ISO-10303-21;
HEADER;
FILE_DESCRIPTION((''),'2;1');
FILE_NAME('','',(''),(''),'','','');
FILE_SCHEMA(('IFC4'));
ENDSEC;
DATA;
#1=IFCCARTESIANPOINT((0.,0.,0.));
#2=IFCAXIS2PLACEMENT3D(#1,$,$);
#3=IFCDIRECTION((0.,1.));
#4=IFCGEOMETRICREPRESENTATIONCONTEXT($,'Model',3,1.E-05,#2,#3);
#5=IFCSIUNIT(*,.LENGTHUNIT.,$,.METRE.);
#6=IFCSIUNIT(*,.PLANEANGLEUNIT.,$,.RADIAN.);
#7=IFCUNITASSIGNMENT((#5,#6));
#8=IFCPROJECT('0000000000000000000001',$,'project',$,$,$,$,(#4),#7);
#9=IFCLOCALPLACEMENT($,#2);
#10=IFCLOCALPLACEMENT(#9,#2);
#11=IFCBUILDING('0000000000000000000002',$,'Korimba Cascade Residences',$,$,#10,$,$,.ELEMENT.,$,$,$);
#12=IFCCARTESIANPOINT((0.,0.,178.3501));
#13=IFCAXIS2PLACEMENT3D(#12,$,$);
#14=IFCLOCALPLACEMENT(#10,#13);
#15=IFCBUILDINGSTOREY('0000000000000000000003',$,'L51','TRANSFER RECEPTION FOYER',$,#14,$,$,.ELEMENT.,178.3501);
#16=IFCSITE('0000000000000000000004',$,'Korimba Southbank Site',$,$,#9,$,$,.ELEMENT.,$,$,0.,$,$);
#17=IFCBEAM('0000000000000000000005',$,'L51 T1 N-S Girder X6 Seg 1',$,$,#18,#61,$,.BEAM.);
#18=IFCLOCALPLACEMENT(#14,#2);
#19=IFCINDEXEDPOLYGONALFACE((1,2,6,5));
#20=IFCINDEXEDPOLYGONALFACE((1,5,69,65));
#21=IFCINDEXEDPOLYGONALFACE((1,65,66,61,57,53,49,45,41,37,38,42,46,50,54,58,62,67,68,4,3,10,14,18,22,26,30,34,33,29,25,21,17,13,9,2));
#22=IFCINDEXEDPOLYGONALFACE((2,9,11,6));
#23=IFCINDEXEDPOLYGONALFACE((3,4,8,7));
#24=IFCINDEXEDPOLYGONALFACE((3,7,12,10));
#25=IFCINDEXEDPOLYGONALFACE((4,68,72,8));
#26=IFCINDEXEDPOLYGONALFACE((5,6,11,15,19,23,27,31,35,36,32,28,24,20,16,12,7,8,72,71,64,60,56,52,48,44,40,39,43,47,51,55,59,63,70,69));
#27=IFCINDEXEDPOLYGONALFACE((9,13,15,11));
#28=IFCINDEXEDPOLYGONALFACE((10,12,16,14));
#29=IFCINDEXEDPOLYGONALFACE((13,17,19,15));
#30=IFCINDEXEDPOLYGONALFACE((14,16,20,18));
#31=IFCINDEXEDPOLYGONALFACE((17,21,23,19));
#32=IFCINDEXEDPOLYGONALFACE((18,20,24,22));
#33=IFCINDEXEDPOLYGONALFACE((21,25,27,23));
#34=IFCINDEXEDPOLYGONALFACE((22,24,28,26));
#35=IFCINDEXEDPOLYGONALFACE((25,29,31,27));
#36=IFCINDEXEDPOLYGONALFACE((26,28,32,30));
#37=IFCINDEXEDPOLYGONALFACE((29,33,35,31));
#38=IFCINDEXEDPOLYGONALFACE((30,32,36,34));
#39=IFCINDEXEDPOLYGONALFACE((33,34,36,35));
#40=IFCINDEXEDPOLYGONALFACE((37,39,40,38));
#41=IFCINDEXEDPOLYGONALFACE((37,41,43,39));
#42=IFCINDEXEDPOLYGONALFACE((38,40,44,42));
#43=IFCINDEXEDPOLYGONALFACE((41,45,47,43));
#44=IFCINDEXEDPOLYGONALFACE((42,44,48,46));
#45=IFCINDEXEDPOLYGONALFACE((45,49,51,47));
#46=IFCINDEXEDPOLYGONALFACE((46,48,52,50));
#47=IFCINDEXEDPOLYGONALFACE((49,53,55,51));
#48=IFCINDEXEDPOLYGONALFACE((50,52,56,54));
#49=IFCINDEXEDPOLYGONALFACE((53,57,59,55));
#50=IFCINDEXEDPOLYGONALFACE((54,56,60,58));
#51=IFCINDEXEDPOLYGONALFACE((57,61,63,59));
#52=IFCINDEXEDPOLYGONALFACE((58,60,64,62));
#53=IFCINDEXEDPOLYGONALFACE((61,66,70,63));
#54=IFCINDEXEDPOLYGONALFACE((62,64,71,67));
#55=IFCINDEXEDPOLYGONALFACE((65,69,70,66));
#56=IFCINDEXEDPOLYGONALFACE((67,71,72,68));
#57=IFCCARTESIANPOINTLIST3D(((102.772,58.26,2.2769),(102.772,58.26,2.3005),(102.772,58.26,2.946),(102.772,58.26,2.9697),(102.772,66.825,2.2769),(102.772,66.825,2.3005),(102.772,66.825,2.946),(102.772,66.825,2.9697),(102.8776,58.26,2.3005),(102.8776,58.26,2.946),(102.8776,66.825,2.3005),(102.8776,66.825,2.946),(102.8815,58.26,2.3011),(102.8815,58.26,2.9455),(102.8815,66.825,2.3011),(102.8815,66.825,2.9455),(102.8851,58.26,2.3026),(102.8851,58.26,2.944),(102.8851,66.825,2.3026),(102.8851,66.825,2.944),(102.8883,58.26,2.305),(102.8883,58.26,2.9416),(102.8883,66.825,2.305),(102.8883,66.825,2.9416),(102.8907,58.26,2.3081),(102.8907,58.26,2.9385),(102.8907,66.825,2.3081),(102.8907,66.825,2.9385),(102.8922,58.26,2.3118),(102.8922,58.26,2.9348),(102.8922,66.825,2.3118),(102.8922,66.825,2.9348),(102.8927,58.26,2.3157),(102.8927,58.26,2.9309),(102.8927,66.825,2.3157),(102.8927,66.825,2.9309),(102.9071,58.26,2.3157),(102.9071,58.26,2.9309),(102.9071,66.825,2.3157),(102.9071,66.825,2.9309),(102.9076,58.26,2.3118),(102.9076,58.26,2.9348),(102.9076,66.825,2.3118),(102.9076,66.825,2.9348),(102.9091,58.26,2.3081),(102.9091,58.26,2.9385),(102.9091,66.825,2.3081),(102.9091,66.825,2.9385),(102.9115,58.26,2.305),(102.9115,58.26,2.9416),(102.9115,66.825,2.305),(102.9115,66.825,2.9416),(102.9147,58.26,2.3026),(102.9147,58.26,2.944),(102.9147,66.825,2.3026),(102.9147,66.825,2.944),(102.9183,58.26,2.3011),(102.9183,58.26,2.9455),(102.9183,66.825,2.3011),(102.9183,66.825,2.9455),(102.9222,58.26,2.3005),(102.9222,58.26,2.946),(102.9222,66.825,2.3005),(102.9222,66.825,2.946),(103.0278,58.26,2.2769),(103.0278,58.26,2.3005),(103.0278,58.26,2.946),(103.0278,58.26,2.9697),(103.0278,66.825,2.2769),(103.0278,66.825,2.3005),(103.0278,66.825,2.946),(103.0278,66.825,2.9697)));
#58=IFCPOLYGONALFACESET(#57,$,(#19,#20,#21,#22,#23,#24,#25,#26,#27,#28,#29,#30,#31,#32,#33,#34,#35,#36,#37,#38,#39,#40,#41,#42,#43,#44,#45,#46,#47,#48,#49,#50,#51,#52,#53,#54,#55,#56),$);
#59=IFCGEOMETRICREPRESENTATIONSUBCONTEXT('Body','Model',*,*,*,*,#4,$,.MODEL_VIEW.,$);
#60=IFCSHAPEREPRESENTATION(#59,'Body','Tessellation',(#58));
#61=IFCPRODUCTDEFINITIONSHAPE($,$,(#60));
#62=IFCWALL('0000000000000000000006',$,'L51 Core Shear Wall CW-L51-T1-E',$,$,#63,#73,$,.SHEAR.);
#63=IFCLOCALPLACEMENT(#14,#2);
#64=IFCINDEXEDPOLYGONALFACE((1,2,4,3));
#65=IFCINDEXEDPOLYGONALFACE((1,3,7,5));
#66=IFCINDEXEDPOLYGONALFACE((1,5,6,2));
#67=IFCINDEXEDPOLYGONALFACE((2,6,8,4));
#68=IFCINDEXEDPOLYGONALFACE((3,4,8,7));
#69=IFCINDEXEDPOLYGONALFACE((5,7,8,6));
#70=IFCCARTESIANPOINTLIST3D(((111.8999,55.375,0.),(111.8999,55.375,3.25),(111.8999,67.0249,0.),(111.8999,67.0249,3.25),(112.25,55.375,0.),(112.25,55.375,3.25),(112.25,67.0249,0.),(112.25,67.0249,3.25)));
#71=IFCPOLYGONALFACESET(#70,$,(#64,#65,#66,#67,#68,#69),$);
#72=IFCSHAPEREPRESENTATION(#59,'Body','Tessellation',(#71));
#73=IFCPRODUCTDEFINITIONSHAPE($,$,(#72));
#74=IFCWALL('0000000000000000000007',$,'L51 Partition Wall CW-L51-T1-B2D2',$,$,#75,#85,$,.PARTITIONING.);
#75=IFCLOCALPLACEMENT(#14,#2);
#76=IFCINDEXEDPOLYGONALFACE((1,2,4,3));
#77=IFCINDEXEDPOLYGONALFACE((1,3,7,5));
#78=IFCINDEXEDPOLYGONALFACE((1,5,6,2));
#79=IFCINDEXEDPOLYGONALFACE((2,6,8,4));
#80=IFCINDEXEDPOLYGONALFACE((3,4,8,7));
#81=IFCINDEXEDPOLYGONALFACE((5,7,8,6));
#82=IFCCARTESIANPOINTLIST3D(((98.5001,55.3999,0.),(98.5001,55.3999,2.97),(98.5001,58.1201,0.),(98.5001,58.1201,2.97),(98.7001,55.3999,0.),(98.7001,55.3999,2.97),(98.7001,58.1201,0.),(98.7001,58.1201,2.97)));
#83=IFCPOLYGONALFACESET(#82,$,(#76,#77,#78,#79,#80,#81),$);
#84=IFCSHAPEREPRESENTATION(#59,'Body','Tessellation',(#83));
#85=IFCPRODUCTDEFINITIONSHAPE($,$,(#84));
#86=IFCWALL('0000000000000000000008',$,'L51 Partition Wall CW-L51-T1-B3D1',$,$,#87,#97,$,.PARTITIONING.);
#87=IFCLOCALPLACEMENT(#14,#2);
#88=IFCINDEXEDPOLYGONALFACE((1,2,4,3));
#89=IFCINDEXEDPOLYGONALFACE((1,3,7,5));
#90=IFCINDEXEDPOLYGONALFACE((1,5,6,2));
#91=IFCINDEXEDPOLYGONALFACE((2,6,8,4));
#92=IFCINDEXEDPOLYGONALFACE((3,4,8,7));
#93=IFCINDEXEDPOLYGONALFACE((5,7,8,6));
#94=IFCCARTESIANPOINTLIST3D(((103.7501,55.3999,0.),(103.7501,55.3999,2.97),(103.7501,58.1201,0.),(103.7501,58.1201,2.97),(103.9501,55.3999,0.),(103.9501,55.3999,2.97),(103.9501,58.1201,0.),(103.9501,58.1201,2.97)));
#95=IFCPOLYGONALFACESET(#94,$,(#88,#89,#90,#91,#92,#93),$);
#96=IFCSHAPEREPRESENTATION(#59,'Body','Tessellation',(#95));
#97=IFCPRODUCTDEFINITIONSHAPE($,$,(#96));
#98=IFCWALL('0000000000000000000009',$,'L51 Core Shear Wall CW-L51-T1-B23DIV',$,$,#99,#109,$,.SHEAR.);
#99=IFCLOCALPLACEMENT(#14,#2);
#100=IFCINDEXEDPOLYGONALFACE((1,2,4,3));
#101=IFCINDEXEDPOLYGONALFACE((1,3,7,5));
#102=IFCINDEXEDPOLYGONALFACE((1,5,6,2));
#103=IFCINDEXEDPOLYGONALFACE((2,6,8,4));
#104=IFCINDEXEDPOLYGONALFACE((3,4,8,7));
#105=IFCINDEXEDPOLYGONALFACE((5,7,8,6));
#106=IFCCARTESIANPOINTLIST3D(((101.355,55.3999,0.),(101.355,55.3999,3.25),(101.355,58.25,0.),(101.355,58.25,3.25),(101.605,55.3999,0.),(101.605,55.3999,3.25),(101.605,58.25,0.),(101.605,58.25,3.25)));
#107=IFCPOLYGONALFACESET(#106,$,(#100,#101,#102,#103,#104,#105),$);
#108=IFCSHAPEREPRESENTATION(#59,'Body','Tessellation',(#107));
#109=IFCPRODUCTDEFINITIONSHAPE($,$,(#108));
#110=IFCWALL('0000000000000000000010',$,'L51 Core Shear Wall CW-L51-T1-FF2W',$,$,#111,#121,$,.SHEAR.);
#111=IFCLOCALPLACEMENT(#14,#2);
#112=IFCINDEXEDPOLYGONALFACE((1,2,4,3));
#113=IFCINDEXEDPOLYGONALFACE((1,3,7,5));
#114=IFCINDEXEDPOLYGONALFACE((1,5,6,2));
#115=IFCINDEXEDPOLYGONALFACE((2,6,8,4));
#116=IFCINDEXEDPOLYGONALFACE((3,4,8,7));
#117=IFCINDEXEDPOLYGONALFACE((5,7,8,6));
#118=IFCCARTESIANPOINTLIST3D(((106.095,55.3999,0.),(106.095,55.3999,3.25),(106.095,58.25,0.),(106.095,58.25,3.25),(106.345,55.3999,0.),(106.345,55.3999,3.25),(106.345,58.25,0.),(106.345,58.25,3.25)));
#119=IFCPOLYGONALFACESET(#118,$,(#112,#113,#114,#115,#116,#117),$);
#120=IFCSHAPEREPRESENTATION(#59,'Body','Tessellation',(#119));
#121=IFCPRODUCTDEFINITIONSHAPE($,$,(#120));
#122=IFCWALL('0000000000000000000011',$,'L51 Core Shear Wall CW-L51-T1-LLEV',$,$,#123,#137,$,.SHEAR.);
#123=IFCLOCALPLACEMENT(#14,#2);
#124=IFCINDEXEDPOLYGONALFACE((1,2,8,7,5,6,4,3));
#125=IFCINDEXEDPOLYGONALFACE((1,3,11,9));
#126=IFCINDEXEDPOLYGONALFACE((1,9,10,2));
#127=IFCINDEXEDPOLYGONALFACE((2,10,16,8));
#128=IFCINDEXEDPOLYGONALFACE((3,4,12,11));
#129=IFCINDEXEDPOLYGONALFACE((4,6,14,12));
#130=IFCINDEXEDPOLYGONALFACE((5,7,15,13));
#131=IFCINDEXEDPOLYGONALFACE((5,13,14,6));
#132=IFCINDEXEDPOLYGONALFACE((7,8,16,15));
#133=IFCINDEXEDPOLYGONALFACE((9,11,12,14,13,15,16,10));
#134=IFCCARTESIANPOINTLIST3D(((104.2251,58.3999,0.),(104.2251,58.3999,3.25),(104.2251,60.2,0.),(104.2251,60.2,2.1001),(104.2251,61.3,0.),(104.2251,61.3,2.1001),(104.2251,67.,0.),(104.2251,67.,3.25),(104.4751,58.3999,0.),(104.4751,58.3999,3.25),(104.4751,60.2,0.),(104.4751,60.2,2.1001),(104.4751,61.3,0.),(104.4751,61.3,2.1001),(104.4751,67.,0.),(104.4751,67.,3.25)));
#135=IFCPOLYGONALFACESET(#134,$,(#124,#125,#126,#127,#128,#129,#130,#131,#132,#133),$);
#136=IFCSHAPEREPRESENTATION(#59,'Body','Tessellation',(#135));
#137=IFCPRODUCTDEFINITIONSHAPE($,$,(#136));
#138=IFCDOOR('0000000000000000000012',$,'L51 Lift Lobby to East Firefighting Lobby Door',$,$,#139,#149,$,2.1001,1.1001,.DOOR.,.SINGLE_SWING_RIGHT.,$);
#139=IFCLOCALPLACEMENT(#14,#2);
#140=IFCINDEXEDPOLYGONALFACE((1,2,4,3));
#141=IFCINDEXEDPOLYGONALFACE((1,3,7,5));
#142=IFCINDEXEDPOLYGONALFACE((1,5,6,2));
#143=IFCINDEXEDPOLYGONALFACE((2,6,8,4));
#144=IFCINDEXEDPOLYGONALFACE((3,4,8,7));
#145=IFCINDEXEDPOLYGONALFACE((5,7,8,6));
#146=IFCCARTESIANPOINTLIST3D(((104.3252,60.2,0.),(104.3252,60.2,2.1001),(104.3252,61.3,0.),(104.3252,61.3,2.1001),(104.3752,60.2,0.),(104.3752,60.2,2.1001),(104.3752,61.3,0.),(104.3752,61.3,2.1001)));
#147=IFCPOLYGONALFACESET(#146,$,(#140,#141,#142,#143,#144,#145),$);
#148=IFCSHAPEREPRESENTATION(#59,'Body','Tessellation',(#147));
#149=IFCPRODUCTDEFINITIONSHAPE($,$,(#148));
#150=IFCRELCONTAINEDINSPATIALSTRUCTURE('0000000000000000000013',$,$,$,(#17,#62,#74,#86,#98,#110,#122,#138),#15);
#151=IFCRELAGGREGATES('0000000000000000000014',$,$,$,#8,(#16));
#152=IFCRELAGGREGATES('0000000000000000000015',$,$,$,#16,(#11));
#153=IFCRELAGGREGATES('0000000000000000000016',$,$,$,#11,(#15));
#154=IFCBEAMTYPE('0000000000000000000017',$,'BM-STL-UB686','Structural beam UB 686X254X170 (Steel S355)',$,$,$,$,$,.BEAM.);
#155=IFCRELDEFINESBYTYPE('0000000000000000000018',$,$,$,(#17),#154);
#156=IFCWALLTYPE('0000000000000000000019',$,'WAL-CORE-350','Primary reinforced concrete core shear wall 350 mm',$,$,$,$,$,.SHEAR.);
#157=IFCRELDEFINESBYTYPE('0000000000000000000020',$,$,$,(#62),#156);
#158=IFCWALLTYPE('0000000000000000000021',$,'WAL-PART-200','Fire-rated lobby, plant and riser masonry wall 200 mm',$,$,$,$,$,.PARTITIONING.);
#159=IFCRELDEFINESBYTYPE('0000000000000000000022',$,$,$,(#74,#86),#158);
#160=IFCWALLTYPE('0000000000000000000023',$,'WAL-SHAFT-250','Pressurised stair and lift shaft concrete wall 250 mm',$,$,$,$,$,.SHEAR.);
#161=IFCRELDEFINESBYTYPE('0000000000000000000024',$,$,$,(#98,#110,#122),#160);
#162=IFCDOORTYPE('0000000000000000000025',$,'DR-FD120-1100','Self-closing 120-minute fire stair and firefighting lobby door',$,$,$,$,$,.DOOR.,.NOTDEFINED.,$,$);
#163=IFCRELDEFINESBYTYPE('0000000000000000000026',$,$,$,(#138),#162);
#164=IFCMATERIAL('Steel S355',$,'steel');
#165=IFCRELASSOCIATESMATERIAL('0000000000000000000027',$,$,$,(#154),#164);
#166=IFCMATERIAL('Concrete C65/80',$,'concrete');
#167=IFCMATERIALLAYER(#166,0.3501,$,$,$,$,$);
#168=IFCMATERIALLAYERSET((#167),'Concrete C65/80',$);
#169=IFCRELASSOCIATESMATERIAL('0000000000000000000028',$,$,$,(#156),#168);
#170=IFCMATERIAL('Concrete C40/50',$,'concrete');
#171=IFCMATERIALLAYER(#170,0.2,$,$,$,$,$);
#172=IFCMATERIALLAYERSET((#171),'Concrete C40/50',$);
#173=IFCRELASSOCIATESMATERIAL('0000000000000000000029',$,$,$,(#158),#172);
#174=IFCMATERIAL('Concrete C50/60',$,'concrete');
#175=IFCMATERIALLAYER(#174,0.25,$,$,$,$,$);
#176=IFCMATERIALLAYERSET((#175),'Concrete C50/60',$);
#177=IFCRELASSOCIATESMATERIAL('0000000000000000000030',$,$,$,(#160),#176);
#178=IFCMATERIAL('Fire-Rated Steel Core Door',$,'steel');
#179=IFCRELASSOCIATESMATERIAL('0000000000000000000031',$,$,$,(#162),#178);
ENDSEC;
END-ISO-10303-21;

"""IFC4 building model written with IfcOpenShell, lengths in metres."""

from ifc_helpers import new_model, si_unit, direction, frame, frame_2d, origin, origin_2d, place, context, subcontext, project, spatial, rectangle, i_section, extrude, material, layer, layer_set, material_profile, profile_set, type_object, element, fill, save


model = new_model("IFC4")

# Units and contexts
model_context = context("Model", 3, precision=1e-05, world=origin(), true_north=direction((0.0, 1.0)))
body_context = subcontext(model_context, "Body", "Model", "MODEL_VIEW")
ifc_project = project(units=[si_unit("LENGTHUNIT", "METRE"), si_unit("PLANEANGLEUNIT", "RADIAN")], contexts=[model_context])

# Site, building, storey
site_placement = place(None, origin())
site = spatial("IfcSite", under=ifc_project, at=site_placement, Name="Korimba Southbank Site", CompositionType="ELEMENT", RefElevation=0.0)
building_placement = place(site_placement, origin())
building = spatial("IfcBuilding", under=site, at=building_placement, Name="Korimba Cascade Residences", CompositionType="ELEMENT")
storey_placement = place(building_placement, frame((0.0, 0.0, 178.3501)))
storey = spatial("IfcBuildingStorey", under=building, at=storey_placement, Name="L51", Description="TRANSFER RECEPTION FOYER", CompositionType="ELEMENT", Elevation=178.3501)

# Beam
ifc_material_1 = material(Name="Steel S355", Category="steel")
ifc_material_profile = material_profile(ifc_material_1, i_section(OverallWidth=0.2559, OverallDepth=0.6929, WebThickness=0.0144, FlangeThickness=0.0237, FilletRadius=0.0151, at=origin_2d()), Name="Steel S355")
ifc_profile_set = profile_set([ifc_material_profile], Name="Steel S355")
beam_type = type_object("IfcBeamType", Name="BM-STL-UB686", Description="Structural beam UB 686X254X170 (Steel S355)", PredefinedType="BEAM", material=ifc_profile_set)
beam_placement = place(storey_placement, frame((102.8999, 58.26, 2.6233), z_axis=(0.0, 1.0, 0.0), x_axis=(-1.0, 0.0, 0.0)))
element("IfcBeam", 1, at=beam_placement, inside=storey, type_object=beam_type, Name="L51 T1 N-S Girder X6 Seg 1", PredefinedType="BEAM", context=body_context, shape_type="SweptSolid", body=[
    extrude(i_section(OverallWidth=0.2559, OverallDepth=0.6929, WebThickness=0.0144, FlangeThickness=0.0237, FilletRadius=0.0151, at=origin_2d()), origin(), (0.0, 0.0, 1.0), 8.5649),
])

# Walls
ifc_material_2 = material(Name="Concrete C65/80", Category="concrete")
ifc_layer_1 = layer(ifc_material_2, 0.3501)
ifc_layer_set_1 = layer_set([ifc_layer_1], Name="Concrete C65/80")
wall_type_1 = type_object("IfcWallType", Name="WAL-CORE-350", Description="Primary reinforced concrete core shear wall 350 mm", PredefinedType="SHEAR", material=ifc_layer_set_1)
wall_1_placement = place(storey_placement, frame((112.075, 55.375, 0.0), z_axis=(0.0, 0.0, 1.0), x_axis=(0.0, 1.0, 0.0)))
element("IfcWall", 2, at=wall_1_placement, inside=storey, type_object=wall_type_1, Name="L51 Core Shear Wall CW-L51-T1-E", PredefinedType="SHEAR", context=body_context, shape_type="SweptSolid", body=[
    extrude(rectangle(XDim=11.6499, YDim=0.3501, at=frame_2d((5.825, 0.0))), origin(), (0.0, 0.0, 1.0), 3.25),
])
ifc_material_3 = material(Name="Concrete C40/50", Category="concrete")
ifc_layer_2 = layer(ifc_material_3, 0.2)
ifc_layer_set_2 = layer_set([ifc_layer_2], Name="Concrete C40/50")
wall_type_2 = type_object("IfcWallType", Name="WAL-PART-200", Description="Fire-rated lobby, plant and riser masonry wall 200 mm", PredefinedType="PARTITIONING", material=ifc_layer_set_2)
for number, where, z_axis, x_axis, name in (
    (3, (98.6001, 55.3999, 0.0), (0.0, 0.0, 1.0), (0.0, 1.0, 0.0), "L51 Partition Wall CW-L51-T1-B2D2"),
    (4, (103.8501, 55.3999, 0.0), (0.0, 0.0, 1.0), (0.0, 1.0, 0.0), "L51 Partition Wall CW-L51-T1-B3D1"),
):
    element("IfcWall", number, at=place(storey_placement, frame(where, z_axis=z_axis, x_axis=x_axis)), inside=storey, type_object=wall_type_2, Name=name, PredefinedType="PARTITIONING", context=body_context, shape_type="SweptSolid", body=[
        extrude(rectangle(XDim=2.7202, YDim=0.2, at=frame_2d((1.3601, 0.0))), origin(), (0.0, 0.0, 1.0), 2.97),
    ])
ifc_material_4 = material(Name="Concrete C50/60", Category="concrete")
ifc_layer_3 = layer(ifc_material_4, 0.25)
ifc_layer_set_3 = layer_set([ifc_layer_3], Name="Concrete C50/60")
wall_type_3 = type_object("IfcWallType", Name="WAL-SHAFT-250", Description="Pressurised stair and lift shaft concrete wall 250 mm", PredefinedType="SHEAR", material=ifc_layer_set_3)
wall_2_placement = place(storey_placement, frame((101.48, 55.3999, 0.0), z_axis=(0.0, 0.0, 1.0), x_axis=(0.0, 1.0, 0.0)))
element("IfcWall", 5, at=wall_2_placement, inside=storey, type_object=wall_type_3, Name="L51 Core Shear Wall CW-L51-T1-B23DIV", PredefinedType="SHEAR", context=body_context, shape_type="SweptSolid", body=[
    extrude(rectangle(XDim=2.8501, YDim=0.25, at=frame_2d((1.425, 0.0))), origin(), (0.0, 0.0, 1.0), 3.25),
])

# Wall
wall_3_placement = place(storey_placement, frame((106.22, 55.3999, 0.0), z_axis=(0.0, 0.0, 1.0), x_axis=(0.0, 1.0, 0.0)))
element("IfcWall", 6, at=wall_3_placement, inside=storey, type_object=wall_type_3, Name="L51 Core Shear Wall CW-L51-T1-FF2W", PredefinedType="SHEAR", context=body_context, shape_type="SweptSolid", body=[
    extrude(rectangle(XDim=2.8501, YDim=0.25, at=frame_2d((1.425, 0.0))), origin(), (0.0, 0.0, 1.0), 3.25),
])

# Wall, opening, door
wall_4_placement = place(storey_placement, frame((104.3501, 58.3999, 0.0), z_axis=(0.0, 0.0, 1.0), x_axis=(0.0, 1.0, 0.0)))
wall_4 = element("IfcWall", 7, at=wall_4_placement, inside=storey, type_object=wall_type_3, Name="L51 Core Shear Wall CW-L51-T1-LLEV", PredefinedType="SHEAR", context=body_context, shape_type="SweptSolid", body=[
    extrude(rectangle(XDim=8.6001, YDim=0.25, at=frame_2d((4.3, 0.0))), origin(), (0.0, 0.0, 1.0), 3.25),
])
opening_1_placement = place(wall_4_placement, frame((1.8, 0.0, 0.0)))
opening_1 = element("IfcOpeningElement", 8, at=opening_1_placement, cuts=wall_4, PredefinedType="OPENING", context=body_context, shape_type="SweptSolid", body=[
    extrude(rectangle(XDim=1.1001, YDim=2.1001, at=frame_2d((0.55, 1.05))), frame((0.0, 0.135, 0.0), z_axis=(0.0, -1.0, 0.0), x_axis=(1.0, 0.0, 0.0)), (0.0, 0.0, 1.0), 0.27),
])
ifc_material_5 = material(Name="Fire-Rated Steel Core Door", Category="steel")
door_type_1 = type_object("IfcDoorType", Name="DR-FD120-1100", Description="Self-closing 120-minute fire stair and firefighting lobby door", OperationType="NOTDEFINED", PredefinedType="DOOR", material=ifc_material_5)
door_1_placement = place(opening_1_placement, origin())
door_1 = element("IfcDoor", 9, at=door_1_placement, inside=storey, type_object=door_type_1, Name="L51 Lift Lobby to East Firefighting Lobby Door", OperationType="SINGLE_SWING_RIGHT", OverallHeight=2.1001, OverallWidth=1.1001, PredefinedType="DOOR", context=body_context, shape_type="SweptSolid", body=[
    extrude(rectangle(XDim=1.1001, YDim=2.1001, at=frame_2d((0.55, 1.05))), frame((0.0, 0.0249, 0.0), z_axis=(0.0, -1.0, 0.0), x_axis=(1.0, 0.0, 0.0)), (0.0, 0.0, 1.0), 0.05),
])
fill(opening_1, door_1)

save(model, "model.ifc")
